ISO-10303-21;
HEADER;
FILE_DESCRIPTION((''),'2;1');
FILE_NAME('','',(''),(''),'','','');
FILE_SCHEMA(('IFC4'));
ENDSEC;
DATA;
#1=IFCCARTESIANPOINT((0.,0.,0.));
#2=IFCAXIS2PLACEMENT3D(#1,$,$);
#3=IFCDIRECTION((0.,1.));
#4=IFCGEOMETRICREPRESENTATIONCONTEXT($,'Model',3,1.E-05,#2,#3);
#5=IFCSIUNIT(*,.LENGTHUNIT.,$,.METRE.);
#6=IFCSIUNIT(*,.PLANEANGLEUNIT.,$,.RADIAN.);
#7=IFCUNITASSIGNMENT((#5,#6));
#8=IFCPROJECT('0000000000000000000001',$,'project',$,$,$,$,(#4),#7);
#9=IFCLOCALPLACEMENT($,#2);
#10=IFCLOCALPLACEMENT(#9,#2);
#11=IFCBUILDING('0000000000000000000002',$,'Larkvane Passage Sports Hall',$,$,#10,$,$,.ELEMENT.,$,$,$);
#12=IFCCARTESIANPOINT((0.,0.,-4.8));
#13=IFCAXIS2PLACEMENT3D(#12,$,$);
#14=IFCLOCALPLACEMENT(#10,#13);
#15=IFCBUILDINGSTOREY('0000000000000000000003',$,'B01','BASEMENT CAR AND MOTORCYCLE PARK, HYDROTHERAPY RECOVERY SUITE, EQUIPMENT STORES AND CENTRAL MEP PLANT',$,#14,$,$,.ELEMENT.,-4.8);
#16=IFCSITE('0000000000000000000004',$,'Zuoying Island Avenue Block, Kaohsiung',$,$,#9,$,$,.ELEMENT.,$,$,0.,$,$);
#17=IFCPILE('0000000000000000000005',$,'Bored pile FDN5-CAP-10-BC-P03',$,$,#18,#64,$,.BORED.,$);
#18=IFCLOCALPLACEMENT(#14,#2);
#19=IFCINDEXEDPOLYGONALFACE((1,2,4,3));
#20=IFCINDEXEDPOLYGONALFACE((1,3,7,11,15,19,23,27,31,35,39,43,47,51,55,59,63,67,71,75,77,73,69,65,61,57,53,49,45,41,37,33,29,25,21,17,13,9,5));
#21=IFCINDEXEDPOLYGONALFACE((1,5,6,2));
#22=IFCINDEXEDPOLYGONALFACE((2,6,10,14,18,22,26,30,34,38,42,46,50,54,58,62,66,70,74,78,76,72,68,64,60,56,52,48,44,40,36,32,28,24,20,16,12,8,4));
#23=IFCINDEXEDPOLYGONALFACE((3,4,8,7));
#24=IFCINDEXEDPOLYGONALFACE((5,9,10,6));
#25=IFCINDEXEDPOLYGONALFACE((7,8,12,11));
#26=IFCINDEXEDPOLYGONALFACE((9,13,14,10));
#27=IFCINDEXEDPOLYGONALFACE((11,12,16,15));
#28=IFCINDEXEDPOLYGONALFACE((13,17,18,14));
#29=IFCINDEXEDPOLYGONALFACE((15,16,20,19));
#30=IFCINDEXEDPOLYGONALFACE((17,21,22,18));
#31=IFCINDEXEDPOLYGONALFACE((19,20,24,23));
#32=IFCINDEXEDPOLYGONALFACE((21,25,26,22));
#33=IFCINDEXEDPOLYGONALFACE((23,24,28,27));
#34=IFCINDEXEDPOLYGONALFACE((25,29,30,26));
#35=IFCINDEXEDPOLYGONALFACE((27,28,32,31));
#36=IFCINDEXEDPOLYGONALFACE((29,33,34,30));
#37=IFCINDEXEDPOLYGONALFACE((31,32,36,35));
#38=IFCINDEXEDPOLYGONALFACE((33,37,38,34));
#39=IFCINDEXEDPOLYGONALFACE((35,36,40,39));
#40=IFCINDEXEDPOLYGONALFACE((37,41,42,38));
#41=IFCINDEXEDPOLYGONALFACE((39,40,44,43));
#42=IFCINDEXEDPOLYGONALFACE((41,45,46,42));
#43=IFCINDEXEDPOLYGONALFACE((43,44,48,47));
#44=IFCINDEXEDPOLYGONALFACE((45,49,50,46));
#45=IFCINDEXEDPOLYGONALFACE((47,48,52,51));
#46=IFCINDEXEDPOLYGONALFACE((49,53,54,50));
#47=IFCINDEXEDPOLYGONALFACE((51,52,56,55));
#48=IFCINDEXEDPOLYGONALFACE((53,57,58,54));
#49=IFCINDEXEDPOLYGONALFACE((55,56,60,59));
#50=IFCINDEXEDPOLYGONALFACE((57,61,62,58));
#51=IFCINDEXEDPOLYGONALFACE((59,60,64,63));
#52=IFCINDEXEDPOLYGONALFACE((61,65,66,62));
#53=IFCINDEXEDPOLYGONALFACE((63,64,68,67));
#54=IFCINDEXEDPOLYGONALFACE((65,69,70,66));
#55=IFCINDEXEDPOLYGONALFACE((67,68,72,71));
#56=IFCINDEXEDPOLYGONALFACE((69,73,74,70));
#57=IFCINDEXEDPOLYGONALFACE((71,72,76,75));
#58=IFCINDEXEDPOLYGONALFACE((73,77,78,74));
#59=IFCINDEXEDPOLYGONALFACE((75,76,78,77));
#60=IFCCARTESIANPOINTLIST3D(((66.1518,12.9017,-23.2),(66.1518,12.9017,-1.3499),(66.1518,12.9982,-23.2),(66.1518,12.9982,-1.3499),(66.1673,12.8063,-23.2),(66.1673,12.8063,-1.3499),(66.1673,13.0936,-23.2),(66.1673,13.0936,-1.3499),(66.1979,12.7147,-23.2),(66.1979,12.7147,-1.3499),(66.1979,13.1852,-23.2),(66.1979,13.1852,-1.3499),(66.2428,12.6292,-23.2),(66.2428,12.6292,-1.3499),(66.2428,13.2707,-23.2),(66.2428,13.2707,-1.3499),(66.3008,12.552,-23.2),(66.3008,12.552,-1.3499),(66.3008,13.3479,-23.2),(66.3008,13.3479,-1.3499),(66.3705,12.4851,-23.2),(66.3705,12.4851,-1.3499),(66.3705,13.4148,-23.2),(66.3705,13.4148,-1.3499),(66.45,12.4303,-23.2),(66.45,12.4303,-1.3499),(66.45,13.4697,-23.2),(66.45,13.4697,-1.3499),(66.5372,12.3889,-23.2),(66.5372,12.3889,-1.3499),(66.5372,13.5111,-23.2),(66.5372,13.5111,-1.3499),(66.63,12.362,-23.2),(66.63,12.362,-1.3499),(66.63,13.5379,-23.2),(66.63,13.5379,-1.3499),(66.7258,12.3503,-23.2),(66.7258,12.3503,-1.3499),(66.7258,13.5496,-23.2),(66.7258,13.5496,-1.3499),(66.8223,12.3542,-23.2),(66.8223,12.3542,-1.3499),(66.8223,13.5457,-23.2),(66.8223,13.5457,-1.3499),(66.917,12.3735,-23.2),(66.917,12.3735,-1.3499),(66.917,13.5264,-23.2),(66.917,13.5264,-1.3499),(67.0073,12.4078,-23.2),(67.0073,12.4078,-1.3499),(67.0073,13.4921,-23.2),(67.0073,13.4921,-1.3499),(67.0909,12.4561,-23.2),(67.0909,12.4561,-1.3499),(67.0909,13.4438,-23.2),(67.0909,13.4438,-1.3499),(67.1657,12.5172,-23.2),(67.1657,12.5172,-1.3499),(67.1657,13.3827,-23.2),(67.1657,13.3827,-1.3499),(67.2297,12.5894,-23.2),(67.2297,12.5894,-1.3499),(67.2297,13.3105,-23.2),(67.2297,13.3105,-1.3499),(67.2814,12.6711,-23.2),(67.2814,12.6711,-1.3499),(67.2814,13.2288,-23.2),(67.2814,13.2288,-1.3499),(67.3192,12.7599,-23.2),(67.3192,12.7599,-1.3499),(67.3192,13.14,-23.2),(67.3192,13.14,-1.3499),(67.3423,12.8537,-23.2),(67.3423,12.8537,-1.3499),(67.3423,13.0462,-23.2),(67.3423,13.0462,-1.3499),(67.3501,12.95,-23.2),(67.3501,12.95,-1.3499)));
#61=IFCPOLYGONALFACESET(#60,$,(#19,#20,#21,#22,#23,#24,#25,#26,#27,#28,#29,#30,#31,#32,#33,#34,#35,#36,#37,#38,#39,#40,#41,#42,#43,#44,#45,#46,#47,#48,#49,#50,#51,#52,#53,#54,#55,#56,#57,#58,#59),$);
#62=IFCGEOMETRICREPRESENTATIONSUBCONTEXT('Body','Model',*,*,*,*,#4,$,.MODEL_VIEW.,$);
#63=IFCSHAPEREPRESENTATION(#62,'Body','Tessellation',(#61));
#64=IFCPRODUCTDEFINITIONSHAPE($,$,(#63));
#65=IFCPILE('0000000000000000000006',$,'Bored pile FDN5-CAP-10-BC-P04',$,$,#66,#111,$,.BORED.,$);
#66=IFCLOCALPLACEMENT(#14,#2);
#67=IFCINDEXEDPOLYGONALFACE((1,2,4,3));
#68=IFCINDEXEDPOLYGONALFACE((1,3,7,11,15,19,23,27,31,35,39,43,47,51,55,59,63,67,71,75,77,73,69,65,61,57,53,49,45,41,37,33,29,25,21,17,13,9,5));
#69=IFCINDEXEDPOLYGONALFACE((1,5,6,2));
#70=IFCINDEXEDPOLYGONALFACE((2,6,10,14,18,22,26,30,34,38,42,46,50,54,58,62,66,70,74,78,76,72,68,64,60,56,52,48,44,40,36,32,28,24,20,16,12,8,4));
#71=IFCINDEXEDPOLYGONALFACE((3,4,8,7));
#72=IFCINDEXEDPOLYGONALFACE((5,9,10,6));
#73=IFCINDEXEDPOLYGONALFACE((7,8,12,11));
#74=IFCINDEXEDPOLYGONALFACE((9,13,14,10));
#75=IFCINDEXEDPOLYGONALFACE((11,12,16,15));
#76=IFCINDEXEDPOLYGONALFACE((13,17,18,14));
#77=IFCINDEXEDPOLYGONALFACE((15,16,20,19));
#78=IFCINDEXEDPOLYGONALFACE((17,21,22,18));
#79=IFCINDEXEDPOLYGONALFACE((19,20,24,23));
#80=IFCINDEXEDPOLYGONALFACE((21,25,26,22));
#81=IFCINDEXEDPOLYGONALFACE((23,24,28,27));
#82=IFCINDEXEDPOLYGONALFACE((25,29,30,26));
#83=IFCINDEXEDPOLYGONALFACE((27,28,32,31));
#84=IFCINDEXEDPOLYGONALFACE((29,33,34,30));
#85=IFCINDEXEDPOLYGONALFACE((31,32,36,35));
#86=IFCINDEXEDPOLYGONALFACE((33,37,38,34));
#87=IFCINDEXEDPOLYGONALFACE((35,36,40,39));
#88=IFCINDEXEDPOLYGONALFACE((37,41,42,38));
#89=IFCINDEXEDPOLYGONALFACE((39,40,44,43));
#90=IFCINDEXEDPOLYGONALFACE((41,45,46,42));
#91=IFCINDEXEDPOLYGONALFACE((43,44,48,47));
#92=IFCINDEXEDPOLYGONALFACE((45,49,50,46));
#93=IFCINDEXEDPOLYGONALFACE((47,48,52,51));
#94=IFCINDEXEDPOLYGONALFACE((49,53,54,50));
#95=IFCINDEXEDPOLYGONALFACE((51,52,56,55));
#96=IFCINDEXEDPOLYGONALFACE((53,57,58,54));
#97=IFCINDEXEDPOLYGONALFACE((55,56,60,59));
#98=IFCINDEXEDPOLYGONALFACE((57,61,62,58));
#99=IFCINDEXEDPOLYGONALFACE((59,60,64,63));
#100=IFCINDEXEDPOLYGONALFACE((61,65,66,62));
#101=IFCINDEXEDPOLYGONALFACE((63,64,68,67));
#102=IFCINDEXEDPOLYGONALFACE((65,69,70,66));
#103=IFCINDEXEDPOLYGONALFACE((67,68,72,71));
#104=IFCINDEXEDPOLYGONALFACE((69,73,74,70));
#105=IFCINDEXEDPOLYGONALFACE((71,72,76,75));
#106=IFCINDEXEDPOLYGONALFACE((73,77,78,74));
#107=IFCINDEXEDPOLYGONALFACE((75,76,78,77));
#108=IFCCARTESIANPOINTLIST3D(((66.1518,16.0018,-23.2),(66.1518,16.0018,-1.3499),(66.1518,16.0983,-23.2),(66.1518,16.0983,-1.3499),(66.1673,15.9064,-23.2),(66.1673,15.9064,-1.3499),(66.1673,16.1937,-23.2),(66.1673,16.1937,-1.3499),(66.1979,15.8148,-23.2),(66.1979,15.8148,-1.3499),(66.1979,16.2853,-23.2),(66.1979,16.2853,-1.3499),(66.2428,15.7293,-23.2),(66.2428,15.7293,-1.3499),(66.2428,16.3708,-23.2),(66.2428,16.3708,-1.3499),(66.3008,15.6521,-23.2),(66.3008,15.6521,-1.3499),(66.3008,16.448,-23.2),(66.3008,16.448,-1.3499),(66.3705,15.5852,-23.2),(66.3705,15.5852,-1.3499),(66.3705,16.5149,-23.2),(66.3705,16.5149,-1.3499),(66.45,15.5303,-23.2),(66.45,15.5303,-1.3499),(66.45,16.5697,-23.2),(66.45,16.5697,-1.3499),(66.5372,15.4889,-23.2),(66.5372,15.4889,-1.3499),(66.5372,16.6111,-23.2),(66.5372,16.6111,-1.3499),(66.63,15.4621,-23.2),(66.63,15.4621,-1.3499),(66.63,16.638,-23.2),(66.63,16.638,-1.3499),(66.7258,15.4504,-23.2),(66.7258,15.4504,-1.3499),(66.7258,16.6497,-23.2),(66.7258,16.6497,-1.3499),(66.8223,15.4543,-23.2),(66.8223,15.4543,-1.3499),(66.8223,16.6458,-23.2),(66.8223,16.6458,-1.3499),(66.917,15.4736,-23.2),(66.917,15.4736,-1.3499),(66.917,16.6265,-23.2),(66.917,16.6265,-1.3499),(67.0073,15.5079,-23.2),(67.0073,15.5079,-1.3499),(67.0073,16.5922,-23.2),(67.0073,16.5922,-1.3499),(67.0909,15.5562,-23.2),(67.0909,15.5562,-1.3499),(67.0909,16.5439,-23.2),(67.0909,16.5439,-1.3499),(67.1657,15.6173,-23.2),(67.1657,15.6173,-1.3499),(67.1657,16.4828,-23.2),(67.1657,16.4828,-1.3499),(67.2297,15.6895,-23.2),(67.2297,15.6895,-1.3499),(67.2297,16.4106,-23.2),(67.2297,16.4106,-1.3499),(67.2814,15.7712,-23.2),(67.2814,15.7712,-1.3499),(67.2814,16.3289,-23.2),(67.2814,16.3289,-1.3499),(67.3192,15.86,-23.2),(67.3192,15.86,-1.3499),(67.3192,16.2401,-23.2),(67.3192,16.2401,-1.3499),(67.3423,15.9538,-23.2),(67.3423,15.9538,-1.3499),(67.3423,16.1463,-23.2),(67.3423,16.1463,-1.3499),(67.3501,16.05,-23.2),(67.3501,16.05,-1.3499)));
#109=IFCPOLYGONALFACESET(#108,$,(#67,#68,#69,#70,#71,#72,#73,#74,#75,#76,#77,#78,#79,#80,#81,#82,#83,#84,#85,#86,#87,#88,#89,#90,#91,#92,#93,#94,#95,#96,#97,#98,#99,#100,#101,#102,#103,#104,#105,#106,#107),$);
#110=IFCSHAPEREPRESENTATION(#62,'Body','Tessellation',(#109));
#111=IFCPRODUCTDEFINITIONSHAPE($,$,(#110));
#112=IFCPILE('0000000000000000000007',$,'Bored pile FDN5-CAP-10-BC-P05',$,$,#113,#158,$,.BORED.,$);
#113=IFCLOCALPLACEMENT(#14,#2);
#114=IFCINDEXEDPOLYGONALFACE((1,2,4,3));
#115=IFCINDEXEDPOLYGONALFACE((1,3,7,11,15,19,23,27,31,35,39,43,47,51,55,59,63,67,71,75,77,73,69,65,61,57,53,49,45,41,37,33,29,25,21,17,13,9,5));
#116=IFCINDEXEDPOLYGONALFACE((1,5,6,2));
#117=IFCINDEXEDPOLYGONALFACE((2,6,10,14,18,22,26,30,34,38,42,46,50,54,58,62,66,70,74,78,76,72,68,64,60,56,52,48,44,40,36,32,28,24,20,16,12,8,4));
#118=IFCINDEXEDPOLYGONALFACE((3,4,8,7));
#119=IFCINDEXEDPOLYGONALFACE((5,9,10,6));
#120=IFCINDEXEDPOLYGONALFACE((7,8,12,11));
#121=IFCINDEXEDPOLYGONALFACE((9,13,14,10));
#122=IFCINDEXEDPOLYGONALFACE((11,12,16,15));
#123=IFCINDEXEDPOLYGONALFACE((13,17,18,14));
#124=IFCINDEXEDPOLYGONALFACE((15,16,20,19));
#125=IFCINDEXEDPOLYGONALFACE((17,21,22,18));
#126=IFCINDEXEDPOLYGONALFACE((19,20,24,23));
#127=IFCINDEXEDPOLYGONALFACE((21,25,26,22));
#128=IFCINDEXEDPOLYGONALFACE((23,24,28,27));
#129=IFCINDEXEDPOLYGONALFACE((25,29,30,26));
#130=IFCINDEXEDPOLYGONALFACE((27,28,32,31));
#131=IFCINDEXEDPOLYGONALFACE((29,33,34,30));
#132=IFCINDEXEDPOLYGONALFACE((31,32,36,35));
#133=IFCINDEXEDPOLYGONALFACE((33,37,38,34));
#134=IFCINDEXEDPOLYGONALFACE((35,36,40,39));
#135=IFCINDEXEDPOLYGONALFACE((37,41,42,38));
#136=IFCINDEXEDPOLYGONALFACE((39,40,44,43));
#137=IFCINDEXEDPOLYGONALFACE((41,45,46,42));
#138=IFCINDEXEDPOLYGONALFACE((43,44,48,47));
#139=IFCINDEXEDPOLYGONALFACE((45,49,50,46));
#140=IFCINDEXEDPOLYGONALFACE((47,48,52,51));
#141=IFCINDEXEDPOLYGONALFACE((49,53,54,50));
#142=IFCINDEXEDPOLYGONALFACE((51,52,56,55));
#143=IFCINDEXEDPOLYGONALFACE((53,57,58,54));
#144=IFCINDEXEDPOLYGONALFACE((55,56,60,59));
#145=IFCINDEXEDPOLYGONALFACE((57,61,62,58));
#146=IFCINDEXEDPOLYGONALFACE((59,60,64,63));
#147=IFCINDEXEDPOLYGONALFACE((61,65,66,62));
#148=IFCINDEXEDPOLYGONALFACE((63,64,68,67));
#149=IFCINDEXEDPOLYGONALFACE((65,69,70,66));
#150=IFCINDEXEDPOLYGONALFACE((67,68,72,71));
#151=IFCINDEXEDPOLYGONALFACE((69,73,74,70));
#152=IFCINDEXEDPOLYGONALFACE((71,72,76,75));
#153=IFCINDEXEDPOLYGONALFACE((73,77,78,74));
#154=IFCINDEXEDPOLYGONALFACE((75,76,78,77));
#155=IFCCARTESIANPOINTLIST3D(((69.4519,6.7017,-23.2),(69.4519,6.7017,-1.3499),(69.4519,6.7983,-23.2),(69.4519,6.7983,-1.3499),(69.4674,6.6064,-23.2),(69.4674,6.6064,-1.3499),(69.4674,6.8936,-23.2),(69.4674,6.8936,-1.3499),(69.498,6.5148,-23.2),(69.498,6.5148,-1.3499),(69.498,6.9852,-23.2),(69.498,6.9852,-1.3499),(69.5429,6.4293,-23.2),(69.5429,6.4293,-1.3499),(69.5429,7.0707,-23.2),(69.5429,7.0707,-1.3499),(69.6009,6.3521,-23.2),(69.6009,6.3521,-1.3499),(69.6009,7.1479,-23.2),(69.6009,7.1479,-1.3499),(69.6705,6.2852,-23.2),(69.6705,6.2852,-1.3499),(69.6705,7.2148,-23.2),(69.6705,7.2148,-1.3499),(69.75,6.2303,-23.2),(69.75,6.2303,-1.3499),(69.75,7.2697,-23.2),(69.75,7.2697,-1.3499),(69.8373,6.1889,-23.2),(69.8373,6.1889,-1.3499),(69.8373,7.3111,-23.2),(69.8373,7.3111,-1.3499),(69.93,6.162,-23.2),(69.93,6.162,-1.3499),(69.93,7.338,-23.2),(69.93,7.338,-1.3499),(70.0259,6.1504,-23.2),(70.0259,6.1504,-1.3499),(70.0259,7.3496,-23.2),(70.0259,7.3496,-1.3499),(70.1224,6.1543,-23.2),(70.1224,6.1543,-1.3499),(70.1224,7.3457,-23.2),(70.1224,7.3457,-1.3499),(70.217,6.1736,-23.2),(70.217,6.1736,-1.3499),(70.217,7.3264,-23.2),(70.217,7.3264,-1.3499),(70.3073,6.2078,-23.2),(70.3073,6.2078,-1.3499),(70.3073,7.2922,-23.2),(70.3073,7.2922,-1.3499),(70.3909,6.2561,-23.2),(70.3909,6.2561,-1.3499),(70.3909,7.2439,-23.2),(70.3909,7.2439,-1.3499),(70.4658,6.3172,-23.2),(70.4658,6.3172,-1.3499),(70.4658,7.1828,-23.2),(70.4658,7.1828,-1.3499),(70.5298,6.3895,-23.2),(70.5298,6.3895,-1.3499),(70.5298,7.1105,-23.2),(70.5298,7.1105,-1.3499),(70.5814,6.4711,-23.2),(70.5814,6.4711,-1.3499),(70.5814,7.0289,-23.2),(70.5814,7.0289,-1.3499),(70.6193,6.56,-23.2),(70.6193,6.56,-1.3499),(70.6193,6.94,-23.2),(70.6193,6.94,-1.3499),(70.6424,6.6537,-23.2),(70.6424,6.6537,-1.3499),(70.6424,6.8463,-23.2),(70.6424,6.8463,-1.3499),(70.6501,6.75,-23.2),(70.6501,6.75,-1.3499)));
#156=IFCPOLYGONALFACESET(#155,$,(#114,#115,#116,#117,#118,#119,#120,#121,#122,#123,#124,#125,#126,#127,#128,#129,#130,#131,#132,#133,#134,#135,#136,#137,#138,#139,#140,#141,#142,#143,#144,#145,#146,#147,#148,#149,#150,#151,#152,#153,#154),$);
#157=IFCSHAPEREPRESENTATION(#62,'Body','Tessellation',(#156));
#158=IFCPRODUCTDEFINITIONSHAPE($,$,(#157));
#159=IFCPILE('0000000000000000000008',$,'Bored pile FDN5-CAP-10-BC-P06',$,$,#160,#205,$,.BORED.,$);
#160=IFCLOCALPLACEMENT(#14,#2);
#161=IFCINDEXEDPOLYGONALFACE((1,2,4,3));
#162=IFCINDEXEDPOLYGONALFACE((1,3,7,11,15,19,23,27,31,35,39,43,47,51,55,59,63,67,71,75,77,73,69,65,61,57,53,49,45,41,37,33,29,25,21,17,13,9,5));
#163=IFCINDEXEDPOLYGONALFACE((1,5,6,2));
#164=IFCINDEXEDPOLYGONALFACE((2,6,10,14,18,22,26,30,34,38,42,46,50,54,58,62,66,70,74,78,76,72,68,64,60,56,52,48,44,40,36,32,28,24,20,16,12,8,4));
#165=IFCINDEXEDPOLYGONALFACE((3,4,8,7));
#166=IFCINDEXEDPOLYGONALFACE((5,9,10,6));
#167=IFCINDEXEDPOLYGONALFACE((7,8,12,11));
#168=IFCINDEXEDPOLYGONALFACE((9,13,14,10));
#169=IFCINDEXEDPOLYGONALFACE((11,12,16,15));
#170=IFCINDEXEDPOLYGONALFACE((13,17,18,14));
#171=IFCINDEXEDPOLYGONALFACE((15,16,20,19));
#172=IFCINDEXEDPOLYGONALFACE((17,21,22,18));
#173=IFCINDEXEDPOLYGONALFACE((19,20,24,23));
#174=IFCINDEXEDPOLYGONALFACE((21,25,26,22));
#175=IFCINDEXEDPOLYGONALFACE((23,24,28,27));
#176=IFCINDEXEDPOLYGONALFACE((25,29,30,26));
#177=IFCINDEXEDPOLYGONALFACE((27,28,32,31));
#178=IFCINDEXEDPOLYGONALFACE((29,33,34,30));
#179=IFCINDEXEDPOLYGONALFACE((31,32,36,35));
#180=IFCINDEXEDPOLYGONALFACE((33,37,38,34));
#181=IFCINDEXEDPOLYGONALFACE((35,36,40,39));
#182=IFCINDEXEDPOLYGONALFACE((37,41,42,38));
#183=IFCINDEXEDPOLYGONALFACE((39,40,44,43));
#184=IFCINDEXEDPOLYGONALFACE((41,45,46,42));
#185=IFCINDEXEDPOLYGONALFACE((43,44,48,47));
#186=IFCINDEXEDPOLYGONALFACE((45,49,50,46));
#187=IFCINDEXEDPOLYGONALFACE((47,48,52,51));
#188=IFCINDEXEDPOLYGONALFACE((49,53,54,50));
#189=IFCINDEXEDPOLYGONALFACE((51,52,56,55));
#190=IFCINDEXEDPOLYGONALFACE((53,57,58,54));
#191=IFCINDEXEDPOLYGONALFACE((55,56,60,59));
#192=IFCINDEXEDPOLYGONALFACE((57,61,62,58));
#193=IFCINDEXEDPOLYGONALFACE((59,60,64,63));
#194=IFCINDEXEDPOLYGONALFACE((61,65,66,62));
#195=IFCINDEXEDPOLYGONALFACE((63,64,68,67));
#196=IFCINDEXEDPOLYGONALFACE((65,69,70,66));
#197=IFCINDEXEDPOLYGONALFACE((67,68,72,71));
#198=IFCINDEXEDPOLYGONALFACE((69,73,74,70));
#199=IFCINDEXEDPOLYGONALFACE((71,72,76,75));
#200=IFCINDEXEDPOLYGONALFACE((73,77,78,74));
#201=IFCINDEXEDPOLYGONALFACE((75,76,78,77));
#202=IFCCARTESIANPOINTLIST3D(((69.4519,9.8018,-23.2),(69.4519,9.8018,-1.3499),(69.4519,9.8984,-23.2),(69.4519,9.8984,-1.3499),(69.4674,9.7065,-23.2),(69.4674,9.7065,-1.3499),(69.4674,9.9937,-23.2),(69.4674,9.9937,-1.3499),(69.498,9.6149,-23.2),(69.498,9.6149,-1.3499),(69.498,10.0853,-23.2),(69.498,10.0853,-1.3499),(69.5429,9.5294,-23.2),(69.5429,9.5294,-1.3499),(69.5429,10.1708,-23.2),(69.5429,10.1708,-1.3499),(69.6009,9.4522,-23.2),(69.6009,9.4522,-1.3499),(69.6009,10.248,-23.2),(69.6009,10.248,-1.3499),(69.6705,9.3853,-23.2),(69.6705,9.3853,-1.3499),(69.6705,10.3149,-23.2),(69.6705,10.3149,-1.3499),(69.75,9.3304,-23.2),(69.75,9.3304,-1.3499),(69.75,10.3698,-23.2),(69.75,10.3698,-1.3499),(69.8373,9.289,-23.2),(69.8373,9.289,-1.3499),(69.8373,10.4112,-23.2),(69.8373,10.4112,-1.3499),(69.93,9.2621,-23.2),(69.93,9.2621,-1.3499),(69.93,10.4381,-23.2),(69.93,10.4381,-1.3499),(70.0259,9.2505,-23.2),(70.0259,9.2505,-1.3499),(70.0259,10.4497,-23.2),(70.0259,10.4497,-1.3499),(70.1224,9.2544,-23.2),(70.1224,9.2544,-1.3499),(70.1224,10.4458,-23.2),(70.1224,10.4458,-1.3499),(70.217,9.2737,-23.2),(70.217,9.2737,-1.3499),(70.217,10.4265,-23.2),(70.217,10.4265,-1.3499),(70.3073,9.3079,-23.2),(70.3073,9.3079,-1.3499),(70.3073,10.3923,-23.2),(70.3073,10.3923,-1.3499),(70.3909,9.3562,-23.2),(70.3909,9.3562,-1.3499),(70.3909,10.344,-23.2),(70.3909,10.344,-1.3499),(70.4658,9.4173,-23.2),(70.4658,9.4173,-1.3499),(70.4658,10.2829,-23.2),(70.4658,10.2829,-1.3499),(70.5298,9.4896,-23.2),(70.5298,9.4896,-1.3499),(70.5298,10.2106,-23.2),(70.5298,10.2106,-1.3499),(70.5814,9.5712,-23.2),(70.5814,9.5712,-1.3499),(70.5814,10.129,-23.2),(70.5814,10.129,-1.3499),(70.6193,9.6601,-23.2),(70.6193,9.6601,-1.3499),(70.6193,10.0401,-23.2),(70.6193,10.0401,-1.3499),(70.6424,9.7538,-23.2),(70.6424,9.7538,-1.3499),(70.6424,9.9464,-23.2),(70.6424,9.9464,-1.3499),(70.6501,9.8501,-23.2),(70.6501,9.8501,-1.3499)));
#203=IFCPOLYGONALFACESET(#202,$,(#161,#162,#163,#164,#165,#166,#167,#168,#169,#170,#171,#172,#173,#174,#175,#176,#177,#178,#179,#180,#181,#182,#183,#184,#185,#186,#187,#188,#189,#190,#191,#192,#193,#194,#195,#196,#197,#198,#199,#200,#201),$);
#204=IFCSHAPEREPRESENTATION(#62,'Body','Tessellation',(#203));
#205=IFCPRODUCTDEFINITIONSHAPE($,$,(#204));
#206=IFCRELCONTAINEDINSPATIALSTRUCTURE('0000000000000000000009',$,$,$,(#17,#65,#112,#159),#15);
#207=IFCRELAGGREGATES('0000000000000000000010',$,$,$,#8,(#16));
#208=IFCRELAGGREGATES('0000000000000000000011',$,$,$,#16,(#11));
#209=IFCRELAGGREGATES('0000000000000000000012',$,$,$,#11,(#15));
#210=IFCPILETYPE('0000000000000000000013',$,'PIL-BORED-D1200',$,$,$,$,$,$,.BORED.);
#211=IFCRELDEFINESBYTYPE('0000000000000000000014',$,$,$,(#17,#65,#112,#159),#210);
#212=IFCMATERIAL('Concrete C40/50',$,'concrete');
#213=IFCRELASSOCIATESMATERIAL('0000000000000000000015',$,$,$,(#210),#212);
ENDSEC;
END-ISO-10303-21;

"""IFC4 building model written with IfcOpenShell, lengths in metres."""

from ifc_helpers import new_model, si_unit, direction, frame, origin, origin_2d, place, context, subcontext, project, spatial, circle, extrude, material, material_profile, profile_set, type_object, element, save


model = new_model("IFC4")

# Units and contexts
model_context = context("Model", 3, precision=1e-05, world=origin(), true_north=direction((0.0, 1.0)))
body_context = subcontext(model_context, "Body", "Model", "MODEL_VIEW")
ifc_project = project(units=[si_unit("LENGTHUNIT", "METRE"), si_unit("PLANEANGLEUNIT", "RADIAN")], contexts=[model_context])

# Site, building, storey
site_placement = place(None, origin())
site = spatial("IfcSite", under=ifc_project, at=site_placement, Name="Zuoying Island Avenue Block, Kaohsiung", CompositionType="ELEMENT", RefElevation=0.0)
building_placement = place(site_placement, origin())
building = spatial("IfcBuilding", under=site, at=building_placement, Name="Larkvane Passage Sports Hall", CompositionType="ELEMENT")
storey_placement = place(building_placement, frame((0.0, 0.0, -4.8)))
storey = spatial("IfcBuildingStorey", under=building, at=storey_placement, Name="B01", Description="BASEMENT CAR AND MOTORCYCLE PARK, HYDROTHERAPY RECOVERY SUITE, EQUIPMENT STORES AND CENTRAL MEP PLANT", CompositionType="ELEMENT", Elevation=-4.8)

# Shared definitions
ifc_material_1 = material(Name="Concrete C40/50", Category="concrete")

# Piles
ifc_material_profile_1 = material_profile(ifc_material_1, circle(Radius=0.6001, at=origin_2d()), Name="PILE-D1200")
ifc_profile_set_1 = profile_set([ifc_material_profile_1], Name="Concrete C40/50")
pile_type = type_object("IfcPileType", Name="PIL-BORED-D1200", PredefinedType="BORED", material=ifc_profile_set_1)
for number, where, z_axis, x_axis, name in (
    (1, (66.75, 12.95, -1.3499), (0.0, 0.0, -1.0), (1.0, 0.0, 0.0), "Bored pile FDN5-CAP-10-BC-P03"),
    (2, (66.75, 16.05, -1.3499), (0.0, 0.0, -1.0), (1.0, 0.0, 0.0), "Bored pile FDN5-CAP-10-BC-P04"),
    (3, (70.05, 6.75, -1.3499), (0.0, 0.0, -1.0), (1.0, 0.0, 0.0), "Bored pile FDN5-CAP-10-BC-P05"),
    (4, (70.05, 9.8501, -1.3499), (0.0, 0.0, -1.0), (1.0, 0.0, 0.0), "Bored pile FDN5-CAP-10-BC-P06"),
):
    element("IfcPile", number, at=place(storey_placement, frame(where, z_axis=z_axis, x_axis=x_axis)), inside=storey, type_object=pile_type, Name=name, PredefinedType="BORED", context=body_context, shape_type="SweptSolid", body=[
        extrude(circle(Radius=0.6001, at=origin_2d()), origin(), (0.0, 0.0, 1.0), 21.8501),
    ])

save(model, "model.ifc")
